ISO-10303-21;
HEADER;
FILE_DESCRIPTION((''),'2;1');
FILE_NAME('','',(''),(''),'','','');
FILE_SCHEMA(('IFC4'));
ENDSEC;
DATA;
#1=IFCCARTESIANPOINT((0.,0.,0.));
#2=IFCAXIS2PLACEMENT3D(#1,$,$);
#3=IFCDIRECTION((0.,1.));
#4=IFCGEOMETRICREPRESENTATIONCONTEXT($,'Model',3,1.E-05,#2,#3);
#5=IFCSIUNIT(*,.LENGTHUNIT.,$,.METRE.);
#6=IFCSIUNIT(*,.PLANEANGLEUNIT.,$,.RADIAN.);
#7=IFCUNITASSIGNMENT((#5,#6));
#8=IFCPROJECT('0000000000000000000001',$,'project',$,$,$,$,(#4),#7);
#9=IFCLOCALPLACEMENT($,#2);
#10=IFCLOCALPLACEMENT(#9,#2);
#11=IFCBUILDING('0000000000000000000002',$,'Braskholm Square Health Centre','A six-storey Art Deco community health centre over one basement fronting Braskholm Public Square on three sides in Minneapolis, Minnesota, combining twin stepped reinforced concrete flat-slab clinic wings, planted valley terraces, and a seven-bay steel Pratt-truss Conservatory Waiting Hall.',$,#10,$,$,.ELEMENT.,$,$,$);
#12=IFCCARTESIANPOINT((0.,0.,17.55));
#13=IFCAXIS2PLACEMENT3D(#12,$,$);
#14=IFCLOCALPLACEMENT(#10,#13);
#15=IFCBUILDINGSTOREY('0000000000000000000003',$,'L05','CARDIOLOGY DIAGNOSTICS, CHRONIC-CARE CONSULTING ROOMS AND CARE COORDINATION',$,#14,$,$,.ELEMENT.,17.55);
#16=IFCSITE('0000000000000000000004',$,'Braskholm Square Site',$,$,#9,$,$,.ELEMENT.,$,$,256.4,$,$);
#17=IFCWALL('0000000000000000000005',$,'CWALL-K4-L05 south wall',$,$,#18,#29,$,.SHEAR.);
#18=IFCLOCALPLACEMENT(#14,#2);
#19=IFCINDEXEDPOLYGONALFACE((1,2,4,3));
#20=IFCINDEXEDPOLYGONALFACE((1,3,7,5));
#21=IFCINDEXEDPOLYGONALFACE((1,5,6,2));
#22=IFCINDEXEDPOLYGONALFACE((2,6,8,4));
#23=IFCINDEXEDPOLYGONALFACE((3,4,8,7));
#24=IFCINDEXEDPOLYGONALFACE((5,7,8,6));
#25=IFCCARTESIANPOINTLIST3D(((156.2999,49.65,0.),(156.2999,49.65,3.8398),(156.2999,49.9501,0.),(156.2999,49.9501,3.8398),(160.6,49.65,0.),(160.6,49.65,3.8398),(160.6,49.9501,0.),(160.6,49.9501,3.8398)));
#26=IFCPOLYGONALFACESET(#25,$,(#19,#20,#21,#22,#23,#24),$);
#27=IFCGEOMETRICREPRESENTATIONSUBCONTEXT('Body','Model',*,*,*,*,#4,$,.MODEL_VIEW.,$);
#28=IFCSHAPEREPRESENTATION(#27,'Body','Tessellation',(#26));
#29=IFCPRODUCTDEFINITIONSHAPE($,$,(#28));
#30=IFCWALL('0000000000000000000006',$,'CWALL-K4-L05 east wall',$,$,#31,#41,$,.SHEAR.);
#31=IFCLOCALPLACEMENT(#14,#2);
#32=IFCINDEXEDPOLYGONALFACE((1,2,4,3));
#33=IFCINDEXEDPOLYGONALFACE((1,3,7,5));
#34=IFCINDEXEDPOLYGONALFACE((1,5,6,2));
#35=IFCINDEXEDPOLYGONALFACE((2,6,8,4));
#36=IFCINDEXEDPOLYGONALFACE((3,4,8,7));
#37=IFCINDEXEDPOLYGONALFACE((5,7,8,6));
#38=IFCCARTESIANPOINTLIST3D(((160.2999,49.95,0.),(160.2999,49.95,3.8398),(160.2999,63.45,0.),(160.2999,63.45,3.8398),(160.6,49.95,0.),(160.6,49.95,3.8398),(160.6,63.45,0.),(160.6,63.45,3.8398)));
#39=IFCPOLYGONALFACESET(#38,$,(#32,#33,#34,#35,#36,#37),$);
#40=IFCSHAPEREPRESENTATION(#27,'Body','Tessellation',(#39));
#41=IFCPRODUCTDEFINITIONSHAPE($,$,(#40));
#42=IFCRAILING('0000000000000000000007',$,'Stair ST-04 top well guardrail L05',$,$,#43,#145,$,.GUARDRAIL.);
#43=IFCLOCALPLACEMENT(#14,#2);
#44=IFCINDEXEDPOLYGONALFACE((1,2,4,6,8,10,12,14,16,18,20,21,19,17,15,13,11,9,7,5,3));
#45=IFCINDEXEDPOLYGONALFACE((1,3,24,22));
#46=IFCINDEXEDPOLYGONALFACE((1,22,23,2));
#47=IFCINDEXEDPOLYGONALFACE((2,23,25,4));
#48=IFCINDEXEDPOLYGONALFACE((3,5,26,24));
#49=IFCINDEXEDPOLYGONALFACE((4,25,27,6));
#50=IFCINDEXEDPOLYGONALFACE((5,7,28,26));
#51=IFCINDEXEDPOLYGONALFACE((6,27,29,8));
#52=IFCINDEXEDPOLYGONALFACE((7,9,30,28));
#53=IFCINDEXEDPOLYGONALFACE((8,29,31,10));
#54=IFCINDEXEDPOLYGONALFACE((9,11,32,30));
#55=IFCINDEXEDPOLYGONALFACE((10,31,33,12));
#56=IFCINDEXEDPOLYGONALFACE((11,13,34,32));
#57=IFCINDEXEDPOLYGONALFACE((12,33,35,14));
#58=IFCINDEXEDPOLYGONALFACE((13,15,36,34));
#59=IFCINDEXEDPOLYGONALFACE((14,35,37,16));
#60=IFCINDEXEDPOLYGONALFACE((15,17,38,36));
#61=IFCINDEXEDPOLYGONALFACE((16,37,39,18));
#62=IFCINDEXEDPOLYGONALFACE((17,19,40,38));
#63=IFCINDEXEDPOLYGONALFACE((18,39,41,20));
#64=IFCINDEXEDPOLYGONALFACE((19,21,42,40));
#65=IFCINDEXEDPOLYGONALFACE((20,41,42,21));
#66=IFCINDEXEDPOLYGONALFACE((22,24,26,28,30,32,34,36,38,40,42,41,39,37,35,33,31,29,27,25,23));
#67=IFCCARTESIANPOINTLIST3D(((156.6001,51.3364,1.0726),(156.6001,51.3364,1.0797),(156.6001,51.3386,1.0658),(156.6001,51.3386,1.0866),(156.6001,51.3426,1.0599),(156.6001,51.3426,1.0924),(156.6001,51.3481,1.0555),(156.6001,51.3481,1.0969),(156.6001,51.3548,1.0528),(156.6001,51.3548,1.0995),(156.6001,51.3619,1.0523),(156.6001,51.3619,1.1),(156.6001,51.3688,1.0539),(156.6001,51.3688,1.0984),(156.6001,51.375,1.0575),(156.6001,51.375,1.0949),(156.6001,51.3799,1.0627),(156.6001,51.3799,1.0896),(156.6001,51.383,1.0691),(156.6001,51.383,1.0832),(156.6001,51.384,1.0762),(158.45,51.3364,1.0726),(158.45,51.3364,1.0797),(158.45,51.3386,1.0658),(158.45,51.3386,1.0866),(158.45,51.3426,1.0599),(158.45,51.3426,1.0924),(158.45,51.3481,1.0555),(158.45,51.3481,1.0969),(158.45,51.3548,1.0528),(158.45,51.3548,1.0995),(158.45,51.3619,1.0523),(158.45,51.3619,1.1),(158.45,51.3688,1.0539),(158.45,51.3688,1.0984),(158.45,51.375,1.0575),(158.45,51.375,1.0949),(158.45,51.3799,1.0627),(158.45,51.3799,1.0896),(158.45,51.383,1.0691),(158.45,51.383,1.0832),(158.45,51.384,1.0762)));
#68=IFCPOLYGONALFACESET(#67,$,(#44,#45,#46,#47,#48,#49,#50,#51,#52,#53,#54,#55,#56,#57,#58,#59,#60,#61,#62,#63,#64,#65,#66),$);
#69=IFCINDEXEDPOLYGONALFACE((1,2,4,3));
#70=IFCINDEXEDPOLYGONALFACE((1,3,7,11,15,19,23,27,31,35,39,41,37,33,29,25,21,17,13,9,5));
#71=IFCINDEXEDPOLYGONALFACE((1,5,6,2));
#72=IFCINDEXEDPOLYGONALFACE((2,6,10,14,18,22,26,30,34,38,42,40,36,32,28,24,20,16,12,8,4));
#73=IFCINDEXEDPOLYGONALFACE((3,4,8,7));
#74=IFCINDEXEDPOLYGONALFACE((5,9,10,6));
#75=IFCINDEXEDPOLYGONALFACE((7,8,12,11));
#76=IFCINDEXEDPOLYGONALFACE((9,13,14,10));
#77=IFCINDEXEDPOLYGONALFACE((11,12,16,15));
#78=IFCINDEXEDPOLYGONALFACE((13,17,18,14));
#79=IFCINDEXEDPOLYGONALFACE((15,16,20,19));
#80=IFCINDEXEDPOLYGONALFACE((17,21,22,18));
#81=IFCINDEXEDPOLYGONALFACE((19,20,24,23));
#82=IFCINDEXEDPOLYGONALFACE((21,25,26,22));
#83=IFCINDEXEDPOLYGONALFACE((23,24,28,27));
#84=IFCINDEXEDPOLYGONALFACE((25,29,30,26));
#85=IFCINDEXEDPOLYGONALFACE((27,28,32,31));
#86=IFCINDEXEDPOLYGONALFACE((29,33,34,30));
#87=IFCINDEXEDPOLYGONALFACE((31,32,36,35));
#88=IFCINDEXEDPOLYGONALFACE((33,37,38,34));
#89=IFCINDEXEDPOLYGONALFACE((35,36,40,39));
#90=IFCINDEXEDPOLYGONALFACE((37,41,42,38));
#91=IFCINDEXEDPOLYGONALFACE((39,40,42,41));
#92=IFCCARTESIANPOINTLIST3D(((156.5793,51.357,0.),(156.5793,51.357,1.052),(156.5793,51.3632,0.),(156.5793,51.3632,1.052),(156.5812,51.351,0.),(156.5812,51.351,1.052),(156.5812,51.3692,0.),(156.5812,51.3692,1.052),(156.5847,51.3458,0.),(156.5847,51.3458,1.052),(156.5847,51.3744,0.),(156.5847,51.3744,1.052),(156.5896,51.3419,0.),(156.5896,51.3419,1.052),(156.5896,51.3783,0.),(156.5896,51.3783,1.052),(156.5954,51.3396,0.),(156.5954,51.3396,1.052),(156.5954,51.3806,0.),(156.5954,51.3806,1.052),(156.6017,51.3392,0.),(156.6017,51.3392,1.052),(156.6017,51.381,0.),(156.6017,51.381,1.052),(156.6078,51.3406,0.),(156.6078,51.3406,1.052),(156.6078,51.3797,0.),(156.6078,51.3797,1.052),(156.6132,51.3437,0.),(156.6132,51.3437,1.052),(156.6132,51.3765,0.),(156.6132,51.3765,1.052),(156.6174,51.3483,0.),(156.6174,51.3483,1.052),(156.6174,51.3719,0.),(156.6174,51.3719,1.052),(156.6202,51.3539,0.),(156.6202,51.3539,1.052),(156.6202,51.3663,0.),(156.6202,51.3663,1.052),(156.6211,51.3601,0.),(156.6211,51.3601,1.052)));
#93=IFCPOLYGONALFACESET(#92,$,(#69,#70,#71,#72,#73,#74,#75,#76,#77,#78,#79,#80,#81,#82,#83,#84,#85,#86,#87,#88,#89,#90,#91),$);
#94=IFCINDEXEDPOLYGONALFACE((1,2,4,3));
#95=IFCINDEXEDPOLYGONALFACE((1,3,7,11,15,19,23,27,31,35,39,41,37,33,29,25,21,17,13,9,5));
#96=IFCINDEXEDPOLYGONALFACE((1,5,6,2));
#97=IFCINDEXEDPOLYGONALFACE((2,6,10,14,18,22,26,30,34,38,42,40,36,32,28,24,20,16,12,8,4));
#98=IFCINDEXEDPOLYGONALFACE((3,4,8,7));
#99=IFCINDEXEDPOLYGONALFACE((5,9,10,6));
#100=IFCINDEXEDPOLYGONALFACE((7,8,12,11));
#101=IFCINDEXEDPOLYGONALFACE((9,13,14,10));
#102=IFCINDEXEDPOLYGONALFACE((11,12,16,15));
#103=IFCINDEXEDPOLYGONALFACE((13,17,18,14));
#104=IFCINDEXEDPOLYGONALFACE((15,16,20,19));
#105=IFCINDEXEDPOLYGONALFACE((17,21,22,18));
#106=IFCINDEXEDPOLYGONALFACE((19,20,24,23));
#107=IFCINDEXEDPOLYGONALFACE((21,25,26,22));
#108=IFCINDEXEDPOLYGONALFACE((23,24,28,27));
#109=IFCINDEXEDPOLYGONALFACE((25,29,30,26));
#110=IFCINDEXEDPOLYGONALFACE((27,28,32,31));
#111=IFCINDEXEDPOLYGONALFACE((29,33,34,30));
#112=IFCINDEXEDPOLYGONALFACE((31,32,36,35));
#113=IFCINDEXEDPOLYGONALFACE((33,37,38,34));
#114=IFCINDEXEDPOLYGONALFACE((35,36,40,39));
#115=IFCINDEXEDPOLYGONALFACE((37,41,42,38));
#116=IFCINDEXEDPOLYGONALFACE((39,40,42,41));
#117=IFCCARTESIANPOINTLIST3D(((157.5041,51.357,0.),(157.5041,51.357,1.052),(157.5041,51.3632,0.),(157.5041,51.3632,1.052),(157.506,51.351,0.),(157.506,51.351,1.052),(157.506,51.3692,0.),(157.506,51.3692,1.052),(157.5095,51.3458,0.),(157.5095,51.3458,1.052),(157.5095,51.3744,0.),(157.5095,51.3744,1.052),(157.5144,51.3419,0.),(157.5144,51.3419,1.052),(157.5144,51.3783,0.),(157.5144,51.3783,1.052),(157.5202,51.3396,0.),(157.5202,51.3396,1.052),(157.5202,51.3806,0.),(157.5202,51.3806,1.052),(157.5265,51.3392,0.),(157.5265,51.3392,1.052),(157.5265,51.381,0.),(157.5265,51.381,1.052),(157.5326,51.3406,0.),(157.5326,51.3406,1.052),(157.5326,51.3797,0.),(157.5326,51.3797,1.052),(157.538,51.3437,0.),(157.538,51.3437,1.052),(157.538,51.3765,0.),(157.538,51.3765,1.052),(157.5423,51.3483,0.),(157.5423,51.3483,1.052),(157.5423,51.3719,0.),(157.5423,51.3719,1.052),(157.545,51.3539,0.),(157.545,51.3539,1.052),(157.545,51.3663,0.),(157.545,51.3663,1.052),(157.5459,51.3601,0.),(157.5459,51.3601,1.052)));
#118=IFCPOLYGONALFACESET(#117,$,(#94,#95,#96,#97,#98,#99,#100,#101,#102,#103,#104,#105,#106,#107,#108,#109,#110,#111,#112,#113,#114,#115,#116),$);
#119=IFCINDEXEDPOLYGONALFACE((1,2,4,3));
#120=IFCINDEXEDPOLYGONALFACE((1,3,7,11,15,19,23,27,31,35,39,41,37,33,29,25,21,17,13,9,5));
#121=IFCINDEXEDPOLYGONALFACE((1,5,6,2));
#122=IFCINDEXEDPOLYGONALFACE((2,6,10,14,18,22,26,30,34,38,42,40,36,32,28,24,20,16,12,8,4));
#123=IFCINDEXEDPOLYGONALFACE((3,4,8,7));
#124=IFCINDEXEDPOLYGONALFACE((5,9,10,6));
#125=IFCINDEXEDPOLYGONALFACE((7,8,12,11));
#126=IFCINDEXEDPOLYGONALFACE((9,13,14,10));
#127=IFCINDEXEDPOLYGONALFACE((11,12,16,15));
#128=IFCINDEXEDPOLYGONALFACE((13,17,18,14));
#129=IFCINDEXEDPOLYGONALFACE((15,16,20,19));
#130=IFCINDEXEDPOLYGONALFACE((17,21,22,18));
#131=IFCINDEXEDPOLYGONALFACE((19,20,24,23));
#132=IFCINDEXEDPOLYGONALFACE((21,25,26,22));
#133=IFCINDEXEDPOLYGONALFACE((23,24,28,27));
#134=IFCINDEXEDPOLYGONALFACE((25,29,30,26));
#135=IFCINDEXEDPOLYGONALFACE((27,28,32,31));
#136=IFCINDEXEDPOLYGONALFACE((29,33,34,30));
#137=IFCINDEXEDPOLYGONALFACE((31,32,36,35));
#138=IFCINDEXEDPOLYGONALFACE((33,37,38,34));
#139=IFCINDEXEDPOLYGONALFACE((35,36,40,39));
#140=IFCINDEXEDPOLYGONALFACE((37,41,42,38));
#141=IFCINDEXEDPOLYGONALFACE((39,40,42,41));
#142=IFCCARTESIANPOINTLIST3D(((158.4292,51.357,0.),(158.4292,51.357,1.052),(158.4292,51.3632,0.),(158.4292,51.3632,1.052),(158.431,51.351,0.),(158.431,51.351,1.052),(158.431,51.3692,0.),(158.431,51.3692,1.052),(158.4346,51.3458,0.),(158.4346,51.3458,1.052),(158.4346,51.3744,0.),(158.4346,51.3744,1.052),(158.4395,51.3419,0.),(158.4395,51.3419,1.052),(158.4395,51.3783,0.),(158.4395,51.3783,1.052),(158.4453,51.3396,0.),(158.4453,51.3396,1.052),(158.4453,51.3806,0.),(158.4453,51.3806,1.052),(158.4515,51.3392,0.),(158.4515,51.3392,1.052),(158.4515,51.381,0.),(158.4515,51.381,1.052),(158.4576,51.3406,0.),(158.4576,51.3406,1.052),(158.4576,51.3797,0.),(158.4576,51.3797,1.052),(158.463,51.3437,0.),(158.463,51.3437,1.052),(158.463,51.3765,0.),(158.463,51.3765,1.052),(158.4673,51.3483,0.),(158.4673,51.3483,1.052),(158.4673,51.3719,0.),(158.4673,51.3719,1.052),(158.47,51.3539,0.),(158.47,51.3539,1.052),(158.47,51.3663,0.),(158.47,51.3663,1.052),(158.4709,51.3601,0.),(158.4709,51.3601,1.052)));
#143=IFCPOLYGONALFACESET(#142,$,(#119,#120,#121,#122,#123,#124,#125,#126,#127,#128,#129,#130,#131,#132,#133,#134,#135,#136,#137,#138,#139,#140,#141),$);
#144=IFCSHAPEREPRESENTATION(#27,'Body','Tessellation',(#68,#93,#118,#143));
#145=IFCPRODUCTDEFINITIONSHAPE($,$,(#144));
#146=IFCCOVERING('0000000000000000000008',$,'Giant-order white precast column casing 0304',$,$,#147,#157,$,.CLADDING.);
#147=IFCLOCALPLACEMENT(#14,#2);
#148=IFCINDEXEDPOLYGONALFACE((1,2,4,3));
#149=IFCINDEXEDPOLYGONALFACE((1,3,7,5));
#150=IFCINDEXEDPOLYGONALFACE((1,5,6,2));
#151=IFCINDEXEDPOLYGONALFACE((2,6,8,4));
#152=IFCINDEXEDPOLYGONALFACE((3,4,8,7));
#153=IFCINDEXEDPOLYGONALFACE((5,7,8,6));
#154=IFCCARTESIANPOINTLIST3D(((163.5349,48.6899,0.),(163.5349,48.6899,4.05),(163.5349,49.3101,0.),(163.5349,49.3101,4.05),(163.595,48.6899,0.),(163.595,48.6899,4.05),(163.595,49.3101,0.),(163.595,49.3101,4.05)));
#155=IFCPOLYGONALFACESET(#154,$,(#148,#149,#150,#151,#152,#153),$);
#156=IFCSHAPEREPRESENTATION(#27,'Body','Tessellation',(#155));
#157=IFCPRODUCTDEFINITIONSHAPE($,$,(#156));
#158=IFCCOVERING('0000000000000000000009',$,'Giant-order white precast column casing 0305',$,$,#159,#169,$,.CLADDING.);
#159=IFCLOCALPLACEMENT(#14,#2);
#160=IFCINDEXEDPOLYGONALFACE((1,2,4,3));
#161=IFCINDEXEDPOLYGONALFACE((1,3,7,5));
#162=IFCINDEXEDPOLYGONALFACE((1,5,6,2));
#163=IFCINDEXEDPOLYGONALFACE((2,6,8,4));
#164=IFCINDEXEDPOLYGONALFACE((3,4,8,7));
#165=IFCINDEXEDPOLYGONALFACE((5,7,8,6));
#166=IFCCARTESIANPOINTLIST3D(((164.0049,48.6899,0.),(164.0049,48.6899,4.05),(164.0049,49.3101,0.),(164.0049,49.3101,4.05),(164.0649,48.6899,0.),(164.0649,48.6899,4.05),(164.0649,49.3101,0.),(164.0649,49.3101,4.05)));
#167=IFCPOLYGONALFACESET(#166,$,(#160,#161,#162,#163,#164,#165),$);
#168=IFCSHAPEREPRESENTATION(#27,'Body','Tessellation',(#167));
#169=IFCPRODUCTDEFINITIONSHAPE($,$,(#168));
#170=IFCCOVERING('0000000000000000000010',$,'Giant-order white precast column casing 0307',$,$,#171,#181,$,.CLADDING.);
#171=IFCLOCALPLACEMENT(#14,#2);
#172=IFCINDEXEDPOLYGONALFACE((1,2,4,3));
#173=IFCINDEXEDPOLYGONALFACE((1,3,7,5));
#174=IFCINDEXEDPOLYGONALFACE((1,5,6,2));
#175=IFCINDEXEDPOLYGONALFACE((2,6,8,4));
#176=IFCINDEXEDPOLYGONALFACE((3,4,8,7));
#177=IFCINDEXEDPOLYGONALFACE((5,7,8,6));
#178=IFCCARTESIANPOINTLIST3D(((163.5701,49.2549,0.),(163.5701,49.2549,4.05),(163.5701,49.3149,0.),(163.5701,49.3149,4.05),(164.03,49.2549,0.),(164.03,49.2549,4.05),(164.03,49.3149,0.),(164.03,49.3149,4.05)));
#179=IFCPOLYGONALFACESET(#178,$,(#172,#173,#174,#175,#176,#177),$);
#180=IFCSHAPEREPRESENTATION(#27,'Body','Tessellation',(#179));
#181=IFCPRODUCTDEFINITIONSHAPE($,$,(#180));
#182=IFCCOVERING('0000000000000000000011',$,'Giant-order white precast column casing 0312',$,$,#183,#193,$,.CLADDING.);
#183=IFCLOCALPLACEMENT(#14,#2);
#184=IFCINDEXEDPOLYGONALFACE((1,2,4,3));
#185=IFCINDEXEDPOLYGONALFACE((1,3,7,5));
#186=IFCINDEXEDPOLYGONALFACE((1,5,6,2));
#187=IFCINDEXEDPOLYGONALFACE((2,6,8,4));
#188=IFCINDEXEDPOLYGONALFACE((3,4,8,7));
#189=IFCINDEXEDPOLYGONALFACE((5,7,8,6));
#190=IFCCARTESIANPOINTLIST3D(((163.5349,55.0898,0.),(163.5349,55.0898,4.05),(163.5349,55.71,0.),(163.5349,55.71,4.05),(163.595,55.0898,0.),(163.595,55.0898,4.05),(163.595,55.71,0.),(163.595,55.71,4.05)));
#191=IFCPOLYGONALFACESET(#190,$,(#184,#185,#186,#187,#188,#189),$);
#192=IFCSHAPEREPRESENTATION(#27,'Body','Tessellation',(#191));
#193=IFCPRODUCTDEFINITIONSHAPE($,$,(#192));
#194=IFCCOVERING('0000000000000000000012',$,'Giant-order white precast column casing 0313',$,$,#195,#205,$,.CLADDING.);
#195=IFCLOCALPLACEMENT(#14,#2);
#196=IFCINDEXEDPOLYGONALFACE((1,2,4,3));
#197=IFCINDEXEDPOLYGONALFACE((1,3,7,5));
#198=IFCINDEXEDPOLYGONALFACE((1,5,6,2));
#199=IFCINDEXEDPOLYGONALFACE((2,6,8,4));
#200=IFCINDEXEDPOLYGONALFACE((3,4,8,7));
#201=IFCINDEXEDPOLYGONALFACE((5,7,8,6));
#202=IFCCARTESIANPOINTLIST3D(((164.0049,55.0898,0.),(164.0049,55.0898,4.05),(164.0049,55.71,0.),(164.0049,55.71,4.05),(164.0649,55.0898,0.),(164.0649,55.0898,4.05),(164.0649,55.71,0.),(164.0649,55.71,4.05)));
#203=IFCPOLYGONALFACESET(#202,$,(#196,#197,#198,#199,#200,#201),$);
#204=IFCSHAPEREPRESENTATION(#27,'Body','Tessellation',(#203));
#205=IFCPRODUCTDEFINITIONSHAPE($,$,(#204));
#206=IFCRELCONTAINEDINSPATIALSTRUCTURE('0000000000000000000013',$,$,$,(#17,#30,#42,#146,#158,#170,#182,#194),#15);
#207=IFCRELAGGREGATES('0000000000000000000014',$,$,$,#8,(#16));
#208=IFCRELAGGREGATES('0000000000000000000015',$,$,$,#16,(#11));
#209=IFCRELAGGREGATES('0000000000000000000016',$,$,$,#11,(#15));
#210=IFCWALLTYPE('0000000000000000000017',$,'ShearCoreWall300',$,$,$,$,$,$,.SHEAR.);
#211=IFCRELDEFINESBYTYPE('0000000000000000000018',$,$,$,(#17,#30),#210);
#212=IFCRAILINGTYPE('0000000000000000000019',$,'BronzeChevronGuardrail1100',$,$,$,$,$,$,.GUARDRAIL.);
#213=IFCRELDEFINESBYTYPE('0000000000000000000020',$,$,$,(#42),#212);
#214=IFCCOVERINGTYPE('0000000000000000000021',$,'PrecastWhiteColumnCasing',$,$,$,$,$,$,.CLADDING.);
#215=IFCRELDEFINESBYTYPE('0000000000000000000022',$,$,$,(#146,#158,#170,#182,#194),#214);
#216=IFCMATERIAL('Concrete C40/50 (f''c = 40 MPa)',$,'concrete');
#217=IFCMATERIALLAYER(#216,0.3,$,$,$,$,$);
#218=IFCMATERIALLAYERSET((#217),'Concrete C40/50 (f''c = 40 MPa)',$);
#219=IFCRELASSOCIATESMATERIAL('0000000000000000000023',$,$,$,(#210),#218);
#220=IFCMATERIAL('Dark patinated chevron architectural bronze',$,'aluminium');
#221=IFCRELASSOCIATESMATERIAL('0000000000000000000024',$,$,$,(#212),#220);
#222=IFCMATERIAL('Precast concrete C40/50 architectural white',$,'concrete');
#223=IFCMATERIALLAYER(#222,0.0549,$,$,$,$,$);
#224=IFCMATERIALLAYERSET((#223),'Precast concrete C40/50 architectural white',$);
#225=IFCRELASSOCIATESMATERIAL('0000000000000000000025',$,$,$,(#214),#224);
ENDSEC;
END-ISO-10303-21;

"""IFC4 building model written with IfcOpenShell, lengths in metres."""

from ifc_helpers import new_model, si_unit, direction, frame, frame_2d, origin, origin_2d, place, context, subcontext, project, spatial, rectangle, circle, extrude, material, layer, layer_set, type_object, element, save


model = new_model("IFC4")

# Units and contexts
model_context = context("Model", 3, precision=1e-05, world=origin(), true_north=direction((0.0, 1.0)))
body_context = subcontext(model_context, "Body", "Model", "MODEL_VIEW")
ifc_project = project(units=[si_unit("LENGTHUNIT", "METRE"), si_unit("PLANEANGLEUNIT", "RADIAN")], contexts=[model_context])

# Site, building, storey
site_placement = place(None, origin())
site = spatial("IfcSite", under=ifc_project, at=site_placement, Name="Braskholm Square Site", CompositionType="ELEMENT", RefElevation=256.4)
building_placement = place(site_placement, origin())
building = spatial("IfcBuilding", under=site, at=building_placement, Name="Braskholm Square Health Centre", Description="A six-storey Art Deco community health centre over one basement fronting Braskholm Public Square on three sides in Minneapolis, Minnesota, combining twin stepped reinforced concrete flat-slab clinic wings, planted valley terraces, and a seven-bay steel Pratt-truss Conservatory Waiting Hall.", CompositionType="ELEMENT")
storey_placement = place(building_placement, frame((0.0, 0.0, 17.55)))
storey = spatial("IfcBuildingStorey", under=building, at=storey_placement, Name="L05", Description="CARDIOLOGY DIAGNOSTICS, CHRONIC-CARE CONSULTING ROOMS AND CARE COORDINATION", CompositionType="ELEMENT", Elevation=17.55)

# Shared definitions
ifc_material_1 = material(Name="Concrete C40/50 (f'c = 40 MPa)", Category="concrete")
ifc_material_2 = material(Name="Precast concrete C40/50 architectural white", Category="concrete")

# Walls
ifc_layer_1 = layer(ifc_material_1, 0.3)
ifc_layer_set_1 = layer_set([ifc_layer_1], Name="Concrete C40/50 (f'c = 40 MPa)")
wall_type_1 = type_object("IfcWallType", Name="ShearCoreWall300", PredefinedType="SHEAR", material=ifc_layer_set_1)
wall_1_placement = place(storey_placement, frame((156.3, 49.8, 0.0), z_axis=(0.0, 0.0, 1.0), x_axis=(1.0, 0.0, 0.0)))
element("IfcWall", 1, at=wall_1_placement, inside=storey, type_object=wall_type_1, Name="CWALL-K4-L05 south wall", PredefinedType="SHEAR", context=body_context, shape_type="SweptSolid", body=[
    extrude(rectangle(XDim=4.3, YDim=0.3, at=frame_2d((2.1499, 0.0))), origin(), (0.0, 0.0, 1.0), 3.8398),
])
wall_2_placement = place(storey_placement, frame((160.45, 49.95, 0.0), z_axis=(0.0, 0.0, 1.0), x_axis=(0.0, 1.0, 0.0)))
element("IfcWall", 2, at=wall_2_placement, inside=storey, type_object=wall_type_1, Name="CWALL-K4-L05 east wall", PredefinedType="SHEAR", context=body_context, shape_type="SweptSolid", body=[
    extrude(rectangle(XDim=13.5, YDim=0.3, at=frame_2d((6.75, 0.0))), origin(), (0.0, 0.0, 1.0), 3.8398),
])

# Railing
ifc_material_3 = material(Name="Dark patinated chevron architectural bronze", Category="aluminium")
railing_type = type_object("IfcRailingType", Name="BronzeChevronGuardrail1100", PredefinedType="GUARDRAIL", material=ifc_material_3)
railing_placement = place(storey_placement, frame((156.6001, 51.3601, 0.0)))
element("IfcRailing", 3, at=railing_placement, inside=storey, type_object=railing_type, Name="Stair ST-04 top well guardrail L05", PredefinedType="GUARDRAIL", context=body_context, shape_type="SweptSolid", body=[
    extrude(circle(Radius=0.0239, at=origin_2d()), frame((0.0, 0.0, 1.0762), z_axis=(1.0, 0.0, 0.0), x_axis=(0.0, 1.0, 0.0)), (0.0, 0.0, 1.0), 1.8499),
    extrude(circle(Radius=0.021, at=origin_2d()), origin(), (0.0, 0.0, 1.0), 1.052),
    extrude(circle(Radius=0.021, at=origin_2d()), frame((0.9248, 0.0, 0.0)), (0.0, 0.0, 1.0), 1.052),
    extrude(circle(Radius=0.021, at=origin_2d()), frame((1.8499, 0.0, 0.0)), (0.0, 0.0, 1.0), 1.052),
])

# Coverings
ifc_layer_2 = layer(ifc_material_2, 0.0549)
ifc_layer_set_2 = layer_set([ifc_layer_2], Name="Precast concrete C40/50 architectural white")
covering_type = type_object("IfcCoveringType", Name="PrecastWhiteColumnCasing", PredefinedType="CLADDING", material=ifc_layer_set_2)
for number, where, z_axis, x_axis, name in (
    (4, (163.5649, 49.0, 0.0), (0.0, 0.0, 1.0), (1.0, 0.0, 0.0), "Giant-order white precast column casing 0304"),
    (5, (164.0349, 49.0, 0.0), (0.0, 0.0, 1.0), (1.0, 0.0, 0.0), "Giant-order white precast column casing 0305"),
):
    element("IfcCovering", number, at=place(storey_placement, frame(where, z_axis=z_axis, x_axis=x_axis)), inside=storey, type_object=covering_type, Name=name, PredefinedType="CLADDING", context=body_context, shape_type="SweptSolid", body=[
        extrude(rectangle(XDim=0.0601, YDim=0.6201, at=origin_2d()), origin(), (0.0, 0.0, 1.0), 4.05),
    ])
covering_1_placement = place(storey_placement, frame((163.8, 49.2849, 0.0), z_axis=(0.0, 0.0, 1.0), x_axis=(1.0, 0.0, 0.0)))
element("IfcCovering", 6, at=covering_1_placement, inside=storey, type_object=covering_type, Name="Giant-order white precast column casing 0307", PredefinedType="CLADDING", context=body_context, shape_type="SweptSolid", body=[
    extrude(rectangle(XDim=0.46, YDim=0.0601, at=origin_2d()), origin(), (0.0, 0.0, 1.0), 4.05),
])
for number, where, z_axis, x_axis, name in (
    (7, (163.5649, 55.3999, 0.0), (0.0, 0.0, 1.0), (1.0, 0.0, 0.0), "Giant-order white precast column casing 0312"),
    (8, (164.0349, 55.3999, 0.0), (0.0, 0.0, 1.0), (1.0, 0.0, 0.0), "Giant-order white precast column casing 0313"),
):
    element("IfcCovering", number, at=place(storey_placement, frame(where, z_axis=z_axis, x_axis=x_axis)), inside=storey, type_object=covering_type, Name=name, PredefinedType="CLADDING", context=body_context, shape_type="SweptSolid", body=[
        extrude(rectangle(XDim=0.0601, YDim=0.6201, at=origin_2d()), origin(), (0.0, 0.0, 1.0), 4.05),
    ])

save(model, "model.ifc")
